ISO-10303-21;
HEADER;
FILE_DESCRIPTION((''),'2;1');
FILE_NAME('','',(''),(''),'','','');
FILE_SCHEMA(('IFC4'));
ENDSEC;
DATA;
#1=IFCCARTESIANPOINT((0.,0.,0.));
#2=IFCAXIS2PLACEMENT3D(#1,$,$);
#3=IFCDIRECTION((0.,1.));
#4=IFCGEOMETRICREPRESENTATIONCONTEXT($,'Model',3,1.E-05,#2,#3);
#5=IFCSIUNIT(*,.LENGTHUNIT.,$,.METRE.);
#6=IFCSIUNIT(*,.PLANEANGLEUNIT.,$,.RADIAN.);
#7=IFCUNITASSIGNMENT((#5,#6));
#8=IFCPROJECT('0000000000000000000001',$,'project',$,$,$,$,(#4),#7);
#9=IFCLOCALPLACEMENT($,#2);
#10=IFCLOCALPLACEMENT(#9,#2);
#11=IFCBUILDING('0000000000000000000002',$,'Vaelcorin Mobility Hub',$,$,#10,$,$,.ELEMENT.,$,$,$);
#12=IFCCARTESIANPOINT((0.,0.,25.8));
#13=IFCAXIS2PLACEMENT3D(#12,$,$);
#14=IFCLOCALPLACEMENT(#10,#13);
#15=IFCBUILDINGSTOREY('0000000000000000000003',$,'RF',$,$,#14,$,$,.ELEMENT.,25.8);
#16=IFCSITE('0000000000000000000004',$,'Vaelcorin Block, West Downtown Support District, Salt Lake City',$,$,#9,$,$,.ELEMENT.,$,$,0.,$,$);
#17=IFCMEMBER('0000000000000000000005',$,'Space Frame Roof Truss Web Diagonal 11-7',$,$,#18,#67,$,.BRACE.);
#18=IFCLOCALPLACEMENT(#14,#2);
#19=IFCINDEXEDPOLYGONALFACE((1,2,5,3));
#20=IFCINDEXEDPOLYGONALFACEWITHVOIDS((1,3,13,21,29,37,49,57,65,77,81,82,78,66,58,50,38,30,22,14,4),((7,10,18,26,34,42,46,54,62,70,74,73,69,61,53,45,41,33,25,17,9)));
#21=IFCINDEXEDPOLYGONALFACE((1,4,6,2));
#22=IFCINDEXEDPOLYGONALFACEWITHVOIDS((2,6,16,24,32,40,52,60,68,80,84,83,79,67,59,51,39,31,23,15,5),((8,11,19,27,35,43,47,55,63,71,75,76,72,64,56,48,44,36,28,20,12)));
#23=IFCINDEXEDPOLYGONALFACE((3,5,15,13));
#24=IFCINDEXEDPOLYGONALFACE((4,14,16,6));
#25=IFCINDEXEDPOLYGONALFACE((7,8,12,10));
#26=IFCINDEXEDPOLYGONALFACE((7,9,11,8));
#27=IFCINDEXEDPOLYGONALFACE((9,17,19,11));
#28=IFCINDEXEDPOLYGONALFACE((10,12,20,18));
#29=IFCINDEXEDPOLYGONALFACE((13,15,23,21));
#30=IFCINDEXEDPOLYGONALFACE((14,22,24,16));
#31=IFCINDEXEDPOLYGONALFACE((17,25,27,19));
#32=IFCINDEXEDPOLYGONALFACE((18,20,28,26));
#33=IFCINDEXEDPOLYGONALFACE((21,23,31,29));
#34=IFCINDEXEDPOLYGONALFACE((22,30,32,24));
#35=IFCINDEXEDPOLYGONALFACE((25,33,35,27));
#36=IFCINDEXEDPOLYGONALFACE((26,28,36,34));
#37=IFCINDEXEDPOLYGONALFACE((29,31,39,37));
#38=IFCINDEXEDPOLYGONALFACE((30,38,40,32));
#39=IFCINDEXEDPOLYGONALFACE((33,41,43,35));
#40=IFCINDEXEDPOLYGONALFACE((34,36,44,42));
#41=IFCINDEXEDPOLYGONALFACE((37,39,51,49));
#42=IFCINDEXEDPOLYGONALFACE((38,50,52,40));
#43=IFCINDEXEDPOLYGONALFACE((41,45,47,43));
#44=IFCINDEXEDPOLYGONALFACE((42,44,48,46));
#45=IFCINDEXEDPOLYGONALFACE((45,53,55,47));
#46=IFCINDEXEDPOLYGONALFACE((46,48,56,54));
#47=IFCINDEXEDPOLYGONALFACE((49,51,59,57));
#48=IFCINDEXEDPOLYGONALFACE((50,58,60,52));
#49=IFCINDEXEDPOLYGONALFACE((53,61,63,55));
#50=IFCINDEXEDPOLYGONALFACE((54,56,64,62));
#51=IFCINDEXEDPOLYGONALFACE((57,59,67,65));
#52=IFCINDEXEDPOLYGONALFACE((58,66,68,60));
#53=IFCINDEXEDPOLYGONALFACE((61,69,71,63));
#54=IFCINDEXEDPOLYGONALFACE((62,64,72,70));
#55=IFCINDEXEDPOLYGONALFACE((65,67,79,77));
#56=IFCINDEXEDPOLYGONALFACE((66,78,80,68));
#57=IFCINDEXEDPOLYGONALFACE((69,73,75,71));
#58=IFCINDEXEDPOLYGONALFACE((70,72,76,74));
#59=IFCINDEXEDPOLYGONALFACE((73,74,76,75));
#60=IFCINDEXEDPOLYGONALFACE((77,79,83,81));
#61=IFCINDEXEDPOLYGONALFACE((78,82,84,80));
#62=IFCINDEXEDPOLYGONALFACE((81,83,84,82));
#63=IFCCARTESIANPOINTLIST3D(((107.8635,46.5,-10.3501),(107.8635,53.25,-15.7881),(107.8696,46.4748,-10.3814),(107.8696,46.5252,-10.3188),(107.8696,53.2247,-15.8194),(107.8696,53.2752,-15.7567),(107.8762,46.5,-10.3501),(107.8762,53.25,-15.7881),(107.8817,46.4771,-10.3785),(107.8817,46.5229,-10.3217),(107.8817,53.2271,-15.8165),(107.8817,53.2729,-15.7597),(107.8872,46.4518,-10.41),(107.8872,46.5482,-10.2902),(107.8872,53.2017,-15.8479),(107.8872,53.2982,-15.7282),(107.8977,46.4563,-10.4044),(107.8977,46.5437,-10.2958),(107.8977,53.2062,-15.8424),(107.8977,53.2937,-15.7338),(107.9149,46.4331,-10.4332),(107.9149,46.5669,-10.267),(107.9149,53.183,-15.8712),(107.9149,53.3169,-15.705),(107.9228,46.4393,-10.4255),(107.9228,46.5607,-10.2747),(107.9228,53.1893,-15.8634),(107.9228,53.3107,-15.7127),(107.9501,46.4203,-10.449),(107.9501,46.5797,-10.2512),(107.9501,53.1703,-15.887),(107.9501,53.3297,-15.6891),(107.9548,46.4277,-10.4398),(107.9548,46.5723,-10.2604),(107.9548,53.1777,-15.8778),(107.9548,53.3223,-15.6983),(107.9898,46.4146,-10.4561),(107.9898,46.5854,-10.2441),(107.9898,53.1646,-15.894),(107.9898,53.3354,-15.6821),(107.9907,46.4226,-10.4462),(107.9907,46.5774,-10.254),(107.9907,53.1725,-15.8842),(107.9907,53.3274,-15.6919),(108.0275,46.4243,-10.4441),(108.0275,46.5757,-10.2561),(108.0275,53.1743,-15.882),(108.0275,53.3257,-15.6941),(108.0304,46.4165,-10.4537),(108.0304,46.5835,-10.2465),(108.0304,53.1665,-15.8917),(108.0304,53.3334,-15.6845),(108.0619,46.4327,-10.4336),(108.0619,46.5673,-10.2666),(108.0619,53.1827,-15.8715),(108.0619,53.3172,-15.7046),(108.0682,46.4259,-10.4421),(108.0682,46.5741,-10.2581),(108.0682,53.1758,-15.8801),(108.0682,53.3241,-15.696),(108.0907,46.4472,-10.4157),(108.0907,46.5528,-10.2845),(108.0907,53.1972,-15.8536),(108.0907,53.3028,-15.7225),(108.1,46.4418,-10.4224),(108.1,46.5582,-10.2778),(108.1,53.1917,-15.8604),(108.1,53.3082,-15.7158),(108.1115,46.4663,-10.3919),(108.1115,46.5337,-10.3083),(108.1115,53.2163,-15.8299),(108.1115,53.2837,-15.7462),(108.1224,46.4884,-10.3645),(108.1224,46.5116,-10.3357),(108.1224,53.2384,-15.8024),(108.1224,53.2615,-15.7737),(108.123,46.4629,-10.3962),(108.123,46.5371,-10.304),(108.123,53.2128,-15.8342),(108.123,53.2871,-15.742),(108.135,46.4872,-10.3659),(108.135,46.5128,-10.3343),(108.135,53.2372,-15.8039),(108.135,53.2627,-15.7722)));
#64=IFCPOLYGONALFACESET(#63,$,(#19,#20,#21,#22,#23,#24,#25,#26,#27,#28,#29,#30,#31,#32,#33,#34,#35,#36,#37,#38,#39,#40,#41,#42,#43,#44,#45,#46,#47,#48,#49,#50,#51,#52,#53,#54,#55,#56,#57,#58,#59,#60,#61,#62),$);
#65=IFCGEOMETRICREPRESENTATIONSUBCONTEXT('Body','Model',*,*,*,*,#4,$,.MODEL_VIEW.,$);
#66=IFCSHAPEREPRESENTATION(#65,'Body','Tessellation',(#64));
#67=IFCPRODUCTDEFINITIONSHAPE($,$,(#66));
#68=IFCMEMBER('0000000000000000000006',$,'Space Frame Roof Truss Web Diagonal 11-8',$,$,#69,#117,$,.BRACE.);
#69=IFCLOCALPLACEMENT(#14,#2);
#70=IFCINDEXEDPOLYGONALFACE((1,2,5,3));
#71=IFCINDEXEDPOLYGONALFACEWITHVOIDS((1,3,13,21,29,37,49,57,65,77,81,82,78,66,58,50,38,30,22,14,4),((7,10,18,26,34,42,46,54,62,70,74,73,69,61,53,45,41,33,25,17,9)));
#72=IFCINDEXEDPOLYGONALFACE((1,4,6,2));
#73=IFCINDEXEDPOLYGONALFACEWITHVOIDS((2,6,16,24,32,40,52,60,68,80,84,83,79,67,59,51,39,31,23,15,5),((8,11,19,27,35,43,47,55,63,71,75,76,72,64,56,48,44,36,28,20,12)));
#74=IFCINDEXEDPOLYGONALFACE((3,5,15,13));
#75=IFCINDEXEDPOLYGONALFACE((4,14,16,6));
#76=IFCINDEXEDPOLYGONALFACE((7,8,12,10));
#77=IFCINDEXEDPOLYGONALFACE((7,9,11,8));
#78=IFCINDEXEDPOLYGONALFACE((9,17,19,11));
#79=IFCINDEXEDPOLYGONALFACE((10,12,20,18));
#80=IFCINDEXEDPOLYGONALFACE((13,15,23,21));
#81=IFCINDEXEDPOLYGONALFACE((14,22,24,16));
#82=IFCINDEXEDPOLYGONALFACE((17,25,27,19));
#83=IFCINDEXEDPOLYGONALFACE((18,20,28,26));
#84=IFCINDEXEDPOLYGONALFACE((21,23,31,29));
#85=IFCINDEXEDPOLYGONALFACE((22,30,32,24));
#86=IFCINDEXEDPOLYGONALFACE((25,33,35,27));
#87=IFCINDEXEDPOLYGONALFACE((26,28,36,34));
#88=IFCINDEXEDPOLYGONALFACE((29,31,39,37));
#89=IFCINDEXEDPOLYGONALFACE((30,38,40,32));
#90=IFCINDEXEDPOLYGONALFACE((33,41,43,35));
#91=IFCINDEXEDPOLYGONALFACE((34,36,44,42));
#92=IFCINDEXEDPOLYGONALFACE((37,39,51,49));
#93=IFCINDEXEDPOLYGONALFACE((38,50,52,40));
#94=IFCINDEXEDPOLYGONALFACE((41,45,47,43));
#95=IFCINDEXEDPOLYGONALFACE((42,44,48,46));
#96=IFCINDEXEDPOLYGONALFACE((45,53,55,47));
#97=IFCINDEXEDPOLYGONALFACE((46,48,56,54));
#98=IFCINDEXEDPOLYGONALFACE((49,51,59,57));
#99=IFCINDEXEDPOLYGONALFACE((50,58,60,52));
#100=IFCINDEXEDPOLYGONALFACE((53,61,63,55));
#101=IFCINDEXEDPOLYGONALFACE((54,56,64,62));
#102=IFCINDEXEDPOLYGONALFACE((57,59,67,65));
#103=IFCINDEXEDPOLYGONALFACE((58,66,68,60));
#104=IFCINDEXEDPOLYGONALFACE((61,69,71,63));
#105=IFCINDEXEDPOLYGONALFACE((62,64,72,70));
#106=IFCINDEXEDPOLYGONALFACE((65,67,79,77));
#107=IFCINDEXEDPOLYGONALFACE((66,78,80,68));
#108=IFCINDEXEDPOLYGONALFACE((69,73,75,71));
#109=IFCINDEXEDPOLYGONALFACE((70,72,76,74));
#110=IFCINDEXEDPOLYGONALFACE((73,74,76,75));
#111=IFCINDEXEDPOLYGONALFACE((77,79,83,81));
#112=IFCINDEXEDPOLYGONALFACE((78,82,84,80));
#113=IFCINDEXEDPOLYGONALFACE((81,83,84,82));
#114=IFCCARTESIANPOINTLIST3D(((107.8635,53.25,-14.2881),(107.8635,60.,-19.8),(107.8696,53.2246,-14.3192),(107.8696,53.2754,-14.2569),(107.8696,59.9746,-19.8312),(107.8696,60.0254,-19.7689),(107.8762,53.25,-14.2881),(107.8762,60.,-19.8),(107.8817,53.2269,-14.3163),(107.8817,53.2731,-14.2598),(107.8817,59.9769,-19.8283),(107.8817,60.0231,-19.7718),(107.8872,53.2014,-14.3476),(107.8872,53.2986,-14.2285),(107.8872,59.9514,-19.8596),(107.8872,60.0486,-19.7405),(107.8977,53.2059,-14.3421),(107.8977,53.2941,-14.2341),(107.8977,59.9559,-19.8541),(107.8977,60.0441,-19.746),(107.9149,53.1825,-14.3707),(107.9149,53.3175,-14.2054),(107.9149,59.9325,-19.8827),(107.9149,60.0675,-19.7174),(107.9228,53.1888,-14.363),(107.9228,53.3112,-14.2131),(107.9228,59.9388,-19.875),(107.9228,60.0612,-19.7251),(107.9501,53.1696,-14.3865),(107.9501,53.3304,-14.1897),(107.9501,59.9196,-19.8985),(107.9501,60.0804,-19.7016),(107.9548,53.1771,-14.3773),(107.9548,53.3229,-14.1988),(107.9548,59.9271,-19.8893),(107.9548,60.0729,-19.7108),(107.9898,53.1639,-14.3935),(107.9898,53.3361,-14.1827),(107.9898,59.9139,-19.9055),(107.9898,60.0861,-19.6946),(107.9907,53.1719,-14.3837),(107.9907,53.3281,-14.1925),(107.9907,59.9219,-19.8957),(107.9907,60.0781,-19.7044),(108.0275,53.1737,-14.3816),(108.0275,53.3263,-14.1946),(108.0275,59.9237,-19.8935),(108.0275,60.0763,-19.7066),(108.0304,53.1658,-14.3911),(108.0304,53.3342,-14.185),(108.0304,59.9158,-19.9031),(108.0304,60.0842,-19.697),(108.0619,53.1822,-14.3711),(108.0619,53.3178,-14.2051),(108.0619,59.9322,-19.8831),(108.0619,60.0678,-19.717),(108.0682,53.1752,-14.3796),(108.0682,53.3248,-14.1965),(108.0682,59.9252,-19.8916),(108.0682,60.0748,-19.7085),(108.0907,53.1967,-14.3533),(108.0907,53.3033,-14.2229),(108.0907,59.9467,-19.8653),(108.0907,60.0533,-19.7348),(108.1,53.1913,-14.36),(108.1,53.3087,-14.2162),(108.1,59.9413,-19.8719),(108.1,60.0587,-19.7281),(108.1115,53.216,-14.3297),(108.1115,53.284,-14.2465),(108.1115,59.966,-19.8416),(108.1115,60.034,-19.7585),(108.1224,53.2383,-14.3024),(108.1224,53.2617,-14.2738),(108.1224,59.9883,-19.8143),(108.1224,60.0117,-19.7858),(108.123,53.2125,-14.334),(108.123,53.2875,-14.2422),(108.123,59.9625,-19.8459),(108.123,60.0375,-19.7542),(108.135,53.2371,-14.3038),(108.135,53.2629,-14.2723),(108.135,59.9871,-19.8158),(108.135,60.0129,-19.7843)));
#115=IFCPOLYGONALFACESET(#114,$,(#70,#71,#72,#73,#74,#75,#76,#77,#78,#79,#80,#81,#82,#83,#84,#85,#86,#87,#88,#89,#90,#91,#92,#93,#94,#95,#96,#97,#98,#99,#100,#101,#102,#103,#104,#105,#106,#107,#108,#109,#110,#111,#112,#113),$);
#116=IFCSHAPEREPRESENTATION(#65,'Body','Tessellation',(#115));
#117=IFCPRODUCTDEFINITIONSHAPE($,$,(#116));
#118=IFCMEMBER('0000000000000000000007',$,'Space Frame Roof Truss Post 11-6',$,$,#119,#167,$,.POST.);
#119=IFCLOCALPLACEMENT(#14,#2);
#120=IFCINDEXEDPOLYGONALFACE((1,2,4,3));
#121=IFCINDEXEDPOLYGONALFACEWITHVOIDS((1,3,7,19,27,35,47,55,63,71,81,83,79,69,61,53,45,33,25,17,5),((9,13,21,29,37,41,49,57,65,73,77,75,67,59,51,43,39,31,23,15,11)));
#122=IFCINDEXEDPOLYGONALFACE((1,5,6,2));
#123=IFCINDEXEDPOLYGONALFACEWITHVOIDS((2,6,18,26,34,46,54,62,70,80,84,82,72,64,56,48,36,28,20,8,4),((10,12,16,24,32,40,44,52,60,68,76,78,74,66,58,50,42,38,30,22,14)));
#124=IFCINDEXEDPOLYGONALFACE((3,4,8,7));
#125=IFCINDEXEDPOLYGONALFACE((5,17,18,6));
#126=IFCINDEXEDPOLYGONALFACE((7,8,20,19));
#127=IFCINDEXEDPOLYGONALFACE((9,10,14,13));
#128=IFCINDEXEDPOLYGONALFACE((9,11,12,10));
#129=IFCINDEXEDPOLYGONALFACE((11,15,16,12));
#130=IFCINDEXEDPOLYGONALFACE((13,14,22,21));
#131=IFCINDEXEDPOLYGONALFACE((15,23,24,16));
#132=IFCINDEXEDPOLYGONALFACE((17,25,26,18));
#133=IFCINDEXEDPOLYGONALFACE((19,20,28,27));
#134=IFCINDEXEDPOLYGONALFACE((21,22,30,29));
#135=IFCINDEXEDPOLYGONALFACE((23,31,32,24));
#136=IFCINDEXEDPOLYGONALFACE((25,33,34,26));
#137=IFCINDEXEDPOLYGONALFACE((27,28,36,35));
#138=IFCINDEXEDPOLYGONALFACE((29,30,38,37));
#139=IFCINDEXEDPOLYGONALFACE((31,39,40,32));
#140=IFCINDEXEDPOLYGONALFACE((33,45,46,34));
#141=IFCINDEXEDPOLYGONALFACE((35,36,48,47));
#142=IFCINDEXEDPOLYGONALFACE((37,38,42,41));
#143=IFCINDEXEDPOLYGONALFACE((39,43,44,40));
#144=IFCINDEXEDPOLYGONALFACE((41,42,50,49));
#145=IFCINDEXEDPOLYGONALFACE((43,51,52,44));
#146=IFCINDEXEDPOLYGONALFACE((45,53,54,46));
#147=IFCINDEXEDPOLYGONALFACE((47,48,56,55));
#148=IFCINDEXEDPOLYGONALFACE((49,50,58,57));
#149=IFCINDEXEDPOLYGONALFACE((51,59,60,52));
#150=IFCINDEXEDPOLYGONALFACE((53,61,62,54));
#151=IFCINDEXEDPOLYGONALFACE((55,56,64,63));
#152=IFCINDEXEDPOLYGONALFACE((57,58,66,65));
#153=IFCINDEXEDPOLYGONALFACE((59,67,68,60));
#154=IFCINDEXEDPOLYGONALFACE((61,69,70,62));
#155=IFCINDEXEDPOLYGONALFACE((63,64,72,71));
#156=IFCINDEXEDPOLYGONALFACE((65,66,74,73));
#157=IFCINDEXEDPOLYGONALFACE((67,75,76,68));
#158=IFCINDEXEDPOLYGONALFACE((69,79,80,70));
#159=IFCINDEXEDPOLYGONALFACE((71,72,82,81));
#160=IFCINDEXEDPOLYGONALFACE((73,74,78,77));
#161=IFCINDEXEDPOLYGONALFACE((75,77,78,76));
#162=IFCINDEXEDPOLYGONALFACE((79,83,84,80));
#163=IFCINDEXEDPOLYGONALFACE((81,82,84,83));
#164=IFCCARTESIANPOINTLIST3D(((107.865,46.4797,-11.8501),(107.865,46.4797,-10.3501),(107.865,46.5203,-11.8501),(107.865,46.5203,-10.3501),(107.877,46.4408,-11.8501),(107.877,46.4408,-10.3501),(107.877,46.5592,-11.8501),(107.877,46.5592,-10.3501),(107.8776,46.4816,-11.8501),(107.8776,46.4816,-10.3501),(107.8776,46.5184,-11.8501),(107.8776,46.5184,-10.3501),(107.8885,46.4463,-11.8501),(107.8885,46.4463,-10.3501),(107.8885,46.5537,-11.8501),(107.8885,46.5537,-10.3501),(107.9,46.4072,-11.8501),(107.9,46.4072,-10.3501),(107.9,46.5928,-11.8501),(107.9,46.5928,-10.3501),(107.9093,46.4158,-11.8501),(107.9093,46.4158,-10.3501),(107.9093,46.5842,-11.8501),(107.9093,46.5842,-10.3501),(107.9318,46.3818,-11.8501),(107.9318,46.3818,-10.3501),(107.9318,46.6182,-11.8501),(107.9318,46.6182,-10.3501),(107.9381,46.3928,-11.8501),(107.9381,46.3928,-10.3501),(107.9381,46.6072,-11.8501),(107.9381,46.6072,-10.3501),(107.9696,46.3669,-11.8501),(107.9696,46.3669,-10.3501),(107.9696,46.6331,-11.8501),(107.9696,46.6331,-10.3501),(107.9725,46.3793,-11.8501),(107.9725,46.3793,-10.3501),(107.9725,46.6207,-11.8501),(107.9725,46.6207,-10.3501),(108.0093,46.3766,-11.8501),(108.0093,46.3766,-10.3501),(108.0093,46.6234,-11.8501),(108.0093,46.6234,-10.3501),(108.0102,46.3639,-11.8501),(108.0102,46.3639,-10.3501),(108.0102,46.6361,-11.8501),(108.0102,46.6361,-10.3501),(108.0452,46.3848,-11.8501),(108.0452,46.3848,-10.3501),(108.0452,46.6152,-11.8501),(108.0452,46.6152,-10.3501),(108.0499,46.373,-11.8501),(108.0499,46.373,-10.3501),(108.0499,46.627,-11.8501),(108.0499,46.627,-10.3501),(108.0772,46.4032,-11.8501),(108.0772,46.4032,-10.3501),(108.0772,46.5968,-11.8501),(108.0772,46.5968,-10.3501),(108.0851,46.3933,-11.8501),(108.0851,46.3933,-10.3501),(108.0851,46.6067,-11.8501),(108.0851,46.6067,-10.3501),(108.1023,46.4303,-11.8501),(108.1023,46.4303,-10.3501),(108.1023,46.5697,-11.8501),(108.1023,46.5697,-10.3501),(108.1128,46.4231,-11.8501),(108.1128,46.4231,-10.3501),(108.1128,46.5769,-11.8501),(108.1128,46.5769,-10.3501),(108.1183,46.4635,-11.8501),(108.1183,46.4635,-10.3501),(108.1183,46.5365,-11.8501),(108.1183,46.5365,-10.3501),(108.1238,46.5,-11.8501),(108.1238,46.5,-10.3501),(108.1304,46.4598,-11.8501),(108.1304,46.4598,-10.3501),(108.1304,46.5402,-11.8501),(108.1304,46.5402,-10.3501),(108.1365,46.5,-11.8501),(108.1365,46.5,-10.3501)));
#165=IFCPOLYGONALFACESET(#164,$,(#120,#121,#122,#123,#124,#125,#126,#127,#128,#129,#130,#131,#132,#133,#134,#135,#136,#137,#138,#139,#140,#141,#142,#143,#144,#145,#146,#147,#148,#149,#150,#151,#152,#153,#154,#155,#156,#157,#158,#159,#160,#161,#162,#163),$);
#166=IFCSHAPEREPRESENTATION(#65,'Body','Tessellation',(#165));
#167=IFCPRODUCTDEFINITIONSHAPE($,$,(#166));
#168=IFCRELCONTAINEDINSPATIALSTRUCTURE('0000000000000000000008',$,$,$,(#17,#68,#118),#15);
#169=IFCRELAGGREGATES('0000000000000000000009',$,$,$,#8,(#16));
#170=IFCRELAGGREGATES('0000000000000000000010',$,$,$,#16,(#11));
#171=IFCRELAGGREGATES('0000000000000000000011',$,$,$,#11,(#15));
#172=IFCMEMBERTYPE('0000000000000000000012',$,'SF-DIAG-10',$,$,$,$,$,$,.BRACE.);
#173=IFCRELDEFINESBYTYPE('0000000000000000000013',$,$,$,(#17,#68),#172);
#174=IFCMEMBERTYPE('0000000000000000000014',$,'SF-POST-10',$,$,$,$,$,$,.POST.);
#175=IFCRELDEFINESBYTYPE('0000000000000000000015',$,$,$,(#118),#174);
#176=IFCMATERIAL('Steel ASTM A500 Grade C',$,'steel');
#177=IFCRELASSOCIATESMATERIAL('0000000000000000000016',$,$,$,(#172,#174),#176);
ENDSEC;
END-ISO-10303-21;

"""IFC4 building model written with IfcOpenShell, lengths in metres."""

from ifc_helpers import new_model, si_unit, direction, frame, origin, origin_2d, place, context, subcontext, project, spatial, hollow_circle, extrude, material, material_profile, profile_set, type_object, element, save


model = new_model("IFC4")

# Units and contexts
model_context = context("Model", 3, precision=1e-05, world=origin(), true_north=direction((0.0, 1.0)))
body_context = subcontext(model_context, "Body", "Model", "MODEL_VIEW")
ifc_project = project(units=[si_unit("LENGTHUNIT", "METRE"), si_unit("PLANEANGLEUNIT", "RADIAN")], contexts=[model_context])

# Site, building, storey
site_placement = place(None, origin())
site = spatial("IfcSite", under=ifc_project, at=site_placement, Name="Vaelcorin Block, West Downtown Support District, Salt Lake City", CompositionType="ELEMENT", RefElevation=0.0)
building_placement = place(site_placement, origin())
building = spatial("IfcBuilding", under=site, at=building_placement, Name="Vaelcorin Mobility Hub", CompositionType="ELEMENT")
storey_placement = place(building_placement, frame((0.0, 0.0, 25.8)))
storey = spatial("IfcBuildingStorey", under=building, at=storey_placement, Name="RF", CompositionType="ELEMENT", Elevation=25.8)

# Members
ifc_material_1 = material(Name="Steel ASTM A500 Grade C", Category="steel")
ifc_material_profile_1 = material_profile(ifc_material_1, hollow_circle(Radius=0.1365, WallThickness=0.0127, at=origin_2d()), Name="HSS10.750X0.500")
ifc_profile_set_1 = profile_set([ifc_material_profile_1], Name="Steel ASTM A500 Grade C")
member_type_1 = type_object("IfcMemberType", Name="SF-DIAG-10", PredefinedType="BRACE", material=ifc_profile_set_1)
member_1_placement = place(storey_placement, frame((108.0, 46.5, -10.3501), z_axis=(0.0, 0.778726, -0.627364), x_axis=(-1.0, 0.0, 0.0)))
element("IfcMember", 1, at=member_1_placement, inside=storey, type_object=member_type_1, Name="Space Frame Roof Truss Web Diagonal 11-7", PredefinedType="BRACE", context=body_context, shape_type="SweptSolid", body=[
    extrude(hollow_circle(Radius=0.1365, WallThickness=0.0127, at=origin_2d()), origin(), (0.0, 0.0, 1.0), 8.668),
])
member_2_placement = place(storey_placement, frame((108.0, 53.25, -14.2881), z_axis=(0.0, 0.774562, -0.632498), x_axis=(-1.0, 0.0, 0.0)))
element("IfcMember", 2, at=member_2_placement, inside=storey, type_object=member_type_1, Name="Space Frame Roof Truss Web Diagonal 11-8", PredefinedType="BRACE", context=body_context, shape_type="SweptSolid", body=[
    extrude(hollow_circle(Radius=0.1365, WallThickness=0.0127, at=origin_2d()), origin(), (0.0, 0.0, 1.0), 8.7146),
])
ifc_material_profile_2 = material_profile(ifc_material_1, hollow_circle(Radius=0.1365, WallThickness=0.0127, at=origin_2d()), Name="HSS10.750X0.500")
ifc_profile_set_2 = profile_set([ifc_material_profile_2], Name="Steel ASTM A500 Grade C")
member_type_2 = type_object("IfcMemberType", Name="SF-POST-10", PredefinedType="POST", material=ifc_profile_set_2)
for number, where, z_axis, x_axis, name in (
    (3, (108.0, 46.5, -11.8501), (0.0, 0.0, 1.0), (1.0, 0.0, 0.0), "Space Frame Roof Truss Post 11-6"),
):
    element("IfcMember", number, at=place(storey_placement, frame(where, z_axis=z_axis, x_axis=x_axis)), inside=storey, type_object=member_type_2, Name=name, PredefinedType="POST", context=body_context, shape_type="SweptSolid", body=[
        extrude(hollow_circle(Radius=0.1365, WallThickness=0.0127, at=origin_2d()), origin(), (0.0, 0.0, 1.0), 1.5),
    ])

save(model, "model.ifc")
